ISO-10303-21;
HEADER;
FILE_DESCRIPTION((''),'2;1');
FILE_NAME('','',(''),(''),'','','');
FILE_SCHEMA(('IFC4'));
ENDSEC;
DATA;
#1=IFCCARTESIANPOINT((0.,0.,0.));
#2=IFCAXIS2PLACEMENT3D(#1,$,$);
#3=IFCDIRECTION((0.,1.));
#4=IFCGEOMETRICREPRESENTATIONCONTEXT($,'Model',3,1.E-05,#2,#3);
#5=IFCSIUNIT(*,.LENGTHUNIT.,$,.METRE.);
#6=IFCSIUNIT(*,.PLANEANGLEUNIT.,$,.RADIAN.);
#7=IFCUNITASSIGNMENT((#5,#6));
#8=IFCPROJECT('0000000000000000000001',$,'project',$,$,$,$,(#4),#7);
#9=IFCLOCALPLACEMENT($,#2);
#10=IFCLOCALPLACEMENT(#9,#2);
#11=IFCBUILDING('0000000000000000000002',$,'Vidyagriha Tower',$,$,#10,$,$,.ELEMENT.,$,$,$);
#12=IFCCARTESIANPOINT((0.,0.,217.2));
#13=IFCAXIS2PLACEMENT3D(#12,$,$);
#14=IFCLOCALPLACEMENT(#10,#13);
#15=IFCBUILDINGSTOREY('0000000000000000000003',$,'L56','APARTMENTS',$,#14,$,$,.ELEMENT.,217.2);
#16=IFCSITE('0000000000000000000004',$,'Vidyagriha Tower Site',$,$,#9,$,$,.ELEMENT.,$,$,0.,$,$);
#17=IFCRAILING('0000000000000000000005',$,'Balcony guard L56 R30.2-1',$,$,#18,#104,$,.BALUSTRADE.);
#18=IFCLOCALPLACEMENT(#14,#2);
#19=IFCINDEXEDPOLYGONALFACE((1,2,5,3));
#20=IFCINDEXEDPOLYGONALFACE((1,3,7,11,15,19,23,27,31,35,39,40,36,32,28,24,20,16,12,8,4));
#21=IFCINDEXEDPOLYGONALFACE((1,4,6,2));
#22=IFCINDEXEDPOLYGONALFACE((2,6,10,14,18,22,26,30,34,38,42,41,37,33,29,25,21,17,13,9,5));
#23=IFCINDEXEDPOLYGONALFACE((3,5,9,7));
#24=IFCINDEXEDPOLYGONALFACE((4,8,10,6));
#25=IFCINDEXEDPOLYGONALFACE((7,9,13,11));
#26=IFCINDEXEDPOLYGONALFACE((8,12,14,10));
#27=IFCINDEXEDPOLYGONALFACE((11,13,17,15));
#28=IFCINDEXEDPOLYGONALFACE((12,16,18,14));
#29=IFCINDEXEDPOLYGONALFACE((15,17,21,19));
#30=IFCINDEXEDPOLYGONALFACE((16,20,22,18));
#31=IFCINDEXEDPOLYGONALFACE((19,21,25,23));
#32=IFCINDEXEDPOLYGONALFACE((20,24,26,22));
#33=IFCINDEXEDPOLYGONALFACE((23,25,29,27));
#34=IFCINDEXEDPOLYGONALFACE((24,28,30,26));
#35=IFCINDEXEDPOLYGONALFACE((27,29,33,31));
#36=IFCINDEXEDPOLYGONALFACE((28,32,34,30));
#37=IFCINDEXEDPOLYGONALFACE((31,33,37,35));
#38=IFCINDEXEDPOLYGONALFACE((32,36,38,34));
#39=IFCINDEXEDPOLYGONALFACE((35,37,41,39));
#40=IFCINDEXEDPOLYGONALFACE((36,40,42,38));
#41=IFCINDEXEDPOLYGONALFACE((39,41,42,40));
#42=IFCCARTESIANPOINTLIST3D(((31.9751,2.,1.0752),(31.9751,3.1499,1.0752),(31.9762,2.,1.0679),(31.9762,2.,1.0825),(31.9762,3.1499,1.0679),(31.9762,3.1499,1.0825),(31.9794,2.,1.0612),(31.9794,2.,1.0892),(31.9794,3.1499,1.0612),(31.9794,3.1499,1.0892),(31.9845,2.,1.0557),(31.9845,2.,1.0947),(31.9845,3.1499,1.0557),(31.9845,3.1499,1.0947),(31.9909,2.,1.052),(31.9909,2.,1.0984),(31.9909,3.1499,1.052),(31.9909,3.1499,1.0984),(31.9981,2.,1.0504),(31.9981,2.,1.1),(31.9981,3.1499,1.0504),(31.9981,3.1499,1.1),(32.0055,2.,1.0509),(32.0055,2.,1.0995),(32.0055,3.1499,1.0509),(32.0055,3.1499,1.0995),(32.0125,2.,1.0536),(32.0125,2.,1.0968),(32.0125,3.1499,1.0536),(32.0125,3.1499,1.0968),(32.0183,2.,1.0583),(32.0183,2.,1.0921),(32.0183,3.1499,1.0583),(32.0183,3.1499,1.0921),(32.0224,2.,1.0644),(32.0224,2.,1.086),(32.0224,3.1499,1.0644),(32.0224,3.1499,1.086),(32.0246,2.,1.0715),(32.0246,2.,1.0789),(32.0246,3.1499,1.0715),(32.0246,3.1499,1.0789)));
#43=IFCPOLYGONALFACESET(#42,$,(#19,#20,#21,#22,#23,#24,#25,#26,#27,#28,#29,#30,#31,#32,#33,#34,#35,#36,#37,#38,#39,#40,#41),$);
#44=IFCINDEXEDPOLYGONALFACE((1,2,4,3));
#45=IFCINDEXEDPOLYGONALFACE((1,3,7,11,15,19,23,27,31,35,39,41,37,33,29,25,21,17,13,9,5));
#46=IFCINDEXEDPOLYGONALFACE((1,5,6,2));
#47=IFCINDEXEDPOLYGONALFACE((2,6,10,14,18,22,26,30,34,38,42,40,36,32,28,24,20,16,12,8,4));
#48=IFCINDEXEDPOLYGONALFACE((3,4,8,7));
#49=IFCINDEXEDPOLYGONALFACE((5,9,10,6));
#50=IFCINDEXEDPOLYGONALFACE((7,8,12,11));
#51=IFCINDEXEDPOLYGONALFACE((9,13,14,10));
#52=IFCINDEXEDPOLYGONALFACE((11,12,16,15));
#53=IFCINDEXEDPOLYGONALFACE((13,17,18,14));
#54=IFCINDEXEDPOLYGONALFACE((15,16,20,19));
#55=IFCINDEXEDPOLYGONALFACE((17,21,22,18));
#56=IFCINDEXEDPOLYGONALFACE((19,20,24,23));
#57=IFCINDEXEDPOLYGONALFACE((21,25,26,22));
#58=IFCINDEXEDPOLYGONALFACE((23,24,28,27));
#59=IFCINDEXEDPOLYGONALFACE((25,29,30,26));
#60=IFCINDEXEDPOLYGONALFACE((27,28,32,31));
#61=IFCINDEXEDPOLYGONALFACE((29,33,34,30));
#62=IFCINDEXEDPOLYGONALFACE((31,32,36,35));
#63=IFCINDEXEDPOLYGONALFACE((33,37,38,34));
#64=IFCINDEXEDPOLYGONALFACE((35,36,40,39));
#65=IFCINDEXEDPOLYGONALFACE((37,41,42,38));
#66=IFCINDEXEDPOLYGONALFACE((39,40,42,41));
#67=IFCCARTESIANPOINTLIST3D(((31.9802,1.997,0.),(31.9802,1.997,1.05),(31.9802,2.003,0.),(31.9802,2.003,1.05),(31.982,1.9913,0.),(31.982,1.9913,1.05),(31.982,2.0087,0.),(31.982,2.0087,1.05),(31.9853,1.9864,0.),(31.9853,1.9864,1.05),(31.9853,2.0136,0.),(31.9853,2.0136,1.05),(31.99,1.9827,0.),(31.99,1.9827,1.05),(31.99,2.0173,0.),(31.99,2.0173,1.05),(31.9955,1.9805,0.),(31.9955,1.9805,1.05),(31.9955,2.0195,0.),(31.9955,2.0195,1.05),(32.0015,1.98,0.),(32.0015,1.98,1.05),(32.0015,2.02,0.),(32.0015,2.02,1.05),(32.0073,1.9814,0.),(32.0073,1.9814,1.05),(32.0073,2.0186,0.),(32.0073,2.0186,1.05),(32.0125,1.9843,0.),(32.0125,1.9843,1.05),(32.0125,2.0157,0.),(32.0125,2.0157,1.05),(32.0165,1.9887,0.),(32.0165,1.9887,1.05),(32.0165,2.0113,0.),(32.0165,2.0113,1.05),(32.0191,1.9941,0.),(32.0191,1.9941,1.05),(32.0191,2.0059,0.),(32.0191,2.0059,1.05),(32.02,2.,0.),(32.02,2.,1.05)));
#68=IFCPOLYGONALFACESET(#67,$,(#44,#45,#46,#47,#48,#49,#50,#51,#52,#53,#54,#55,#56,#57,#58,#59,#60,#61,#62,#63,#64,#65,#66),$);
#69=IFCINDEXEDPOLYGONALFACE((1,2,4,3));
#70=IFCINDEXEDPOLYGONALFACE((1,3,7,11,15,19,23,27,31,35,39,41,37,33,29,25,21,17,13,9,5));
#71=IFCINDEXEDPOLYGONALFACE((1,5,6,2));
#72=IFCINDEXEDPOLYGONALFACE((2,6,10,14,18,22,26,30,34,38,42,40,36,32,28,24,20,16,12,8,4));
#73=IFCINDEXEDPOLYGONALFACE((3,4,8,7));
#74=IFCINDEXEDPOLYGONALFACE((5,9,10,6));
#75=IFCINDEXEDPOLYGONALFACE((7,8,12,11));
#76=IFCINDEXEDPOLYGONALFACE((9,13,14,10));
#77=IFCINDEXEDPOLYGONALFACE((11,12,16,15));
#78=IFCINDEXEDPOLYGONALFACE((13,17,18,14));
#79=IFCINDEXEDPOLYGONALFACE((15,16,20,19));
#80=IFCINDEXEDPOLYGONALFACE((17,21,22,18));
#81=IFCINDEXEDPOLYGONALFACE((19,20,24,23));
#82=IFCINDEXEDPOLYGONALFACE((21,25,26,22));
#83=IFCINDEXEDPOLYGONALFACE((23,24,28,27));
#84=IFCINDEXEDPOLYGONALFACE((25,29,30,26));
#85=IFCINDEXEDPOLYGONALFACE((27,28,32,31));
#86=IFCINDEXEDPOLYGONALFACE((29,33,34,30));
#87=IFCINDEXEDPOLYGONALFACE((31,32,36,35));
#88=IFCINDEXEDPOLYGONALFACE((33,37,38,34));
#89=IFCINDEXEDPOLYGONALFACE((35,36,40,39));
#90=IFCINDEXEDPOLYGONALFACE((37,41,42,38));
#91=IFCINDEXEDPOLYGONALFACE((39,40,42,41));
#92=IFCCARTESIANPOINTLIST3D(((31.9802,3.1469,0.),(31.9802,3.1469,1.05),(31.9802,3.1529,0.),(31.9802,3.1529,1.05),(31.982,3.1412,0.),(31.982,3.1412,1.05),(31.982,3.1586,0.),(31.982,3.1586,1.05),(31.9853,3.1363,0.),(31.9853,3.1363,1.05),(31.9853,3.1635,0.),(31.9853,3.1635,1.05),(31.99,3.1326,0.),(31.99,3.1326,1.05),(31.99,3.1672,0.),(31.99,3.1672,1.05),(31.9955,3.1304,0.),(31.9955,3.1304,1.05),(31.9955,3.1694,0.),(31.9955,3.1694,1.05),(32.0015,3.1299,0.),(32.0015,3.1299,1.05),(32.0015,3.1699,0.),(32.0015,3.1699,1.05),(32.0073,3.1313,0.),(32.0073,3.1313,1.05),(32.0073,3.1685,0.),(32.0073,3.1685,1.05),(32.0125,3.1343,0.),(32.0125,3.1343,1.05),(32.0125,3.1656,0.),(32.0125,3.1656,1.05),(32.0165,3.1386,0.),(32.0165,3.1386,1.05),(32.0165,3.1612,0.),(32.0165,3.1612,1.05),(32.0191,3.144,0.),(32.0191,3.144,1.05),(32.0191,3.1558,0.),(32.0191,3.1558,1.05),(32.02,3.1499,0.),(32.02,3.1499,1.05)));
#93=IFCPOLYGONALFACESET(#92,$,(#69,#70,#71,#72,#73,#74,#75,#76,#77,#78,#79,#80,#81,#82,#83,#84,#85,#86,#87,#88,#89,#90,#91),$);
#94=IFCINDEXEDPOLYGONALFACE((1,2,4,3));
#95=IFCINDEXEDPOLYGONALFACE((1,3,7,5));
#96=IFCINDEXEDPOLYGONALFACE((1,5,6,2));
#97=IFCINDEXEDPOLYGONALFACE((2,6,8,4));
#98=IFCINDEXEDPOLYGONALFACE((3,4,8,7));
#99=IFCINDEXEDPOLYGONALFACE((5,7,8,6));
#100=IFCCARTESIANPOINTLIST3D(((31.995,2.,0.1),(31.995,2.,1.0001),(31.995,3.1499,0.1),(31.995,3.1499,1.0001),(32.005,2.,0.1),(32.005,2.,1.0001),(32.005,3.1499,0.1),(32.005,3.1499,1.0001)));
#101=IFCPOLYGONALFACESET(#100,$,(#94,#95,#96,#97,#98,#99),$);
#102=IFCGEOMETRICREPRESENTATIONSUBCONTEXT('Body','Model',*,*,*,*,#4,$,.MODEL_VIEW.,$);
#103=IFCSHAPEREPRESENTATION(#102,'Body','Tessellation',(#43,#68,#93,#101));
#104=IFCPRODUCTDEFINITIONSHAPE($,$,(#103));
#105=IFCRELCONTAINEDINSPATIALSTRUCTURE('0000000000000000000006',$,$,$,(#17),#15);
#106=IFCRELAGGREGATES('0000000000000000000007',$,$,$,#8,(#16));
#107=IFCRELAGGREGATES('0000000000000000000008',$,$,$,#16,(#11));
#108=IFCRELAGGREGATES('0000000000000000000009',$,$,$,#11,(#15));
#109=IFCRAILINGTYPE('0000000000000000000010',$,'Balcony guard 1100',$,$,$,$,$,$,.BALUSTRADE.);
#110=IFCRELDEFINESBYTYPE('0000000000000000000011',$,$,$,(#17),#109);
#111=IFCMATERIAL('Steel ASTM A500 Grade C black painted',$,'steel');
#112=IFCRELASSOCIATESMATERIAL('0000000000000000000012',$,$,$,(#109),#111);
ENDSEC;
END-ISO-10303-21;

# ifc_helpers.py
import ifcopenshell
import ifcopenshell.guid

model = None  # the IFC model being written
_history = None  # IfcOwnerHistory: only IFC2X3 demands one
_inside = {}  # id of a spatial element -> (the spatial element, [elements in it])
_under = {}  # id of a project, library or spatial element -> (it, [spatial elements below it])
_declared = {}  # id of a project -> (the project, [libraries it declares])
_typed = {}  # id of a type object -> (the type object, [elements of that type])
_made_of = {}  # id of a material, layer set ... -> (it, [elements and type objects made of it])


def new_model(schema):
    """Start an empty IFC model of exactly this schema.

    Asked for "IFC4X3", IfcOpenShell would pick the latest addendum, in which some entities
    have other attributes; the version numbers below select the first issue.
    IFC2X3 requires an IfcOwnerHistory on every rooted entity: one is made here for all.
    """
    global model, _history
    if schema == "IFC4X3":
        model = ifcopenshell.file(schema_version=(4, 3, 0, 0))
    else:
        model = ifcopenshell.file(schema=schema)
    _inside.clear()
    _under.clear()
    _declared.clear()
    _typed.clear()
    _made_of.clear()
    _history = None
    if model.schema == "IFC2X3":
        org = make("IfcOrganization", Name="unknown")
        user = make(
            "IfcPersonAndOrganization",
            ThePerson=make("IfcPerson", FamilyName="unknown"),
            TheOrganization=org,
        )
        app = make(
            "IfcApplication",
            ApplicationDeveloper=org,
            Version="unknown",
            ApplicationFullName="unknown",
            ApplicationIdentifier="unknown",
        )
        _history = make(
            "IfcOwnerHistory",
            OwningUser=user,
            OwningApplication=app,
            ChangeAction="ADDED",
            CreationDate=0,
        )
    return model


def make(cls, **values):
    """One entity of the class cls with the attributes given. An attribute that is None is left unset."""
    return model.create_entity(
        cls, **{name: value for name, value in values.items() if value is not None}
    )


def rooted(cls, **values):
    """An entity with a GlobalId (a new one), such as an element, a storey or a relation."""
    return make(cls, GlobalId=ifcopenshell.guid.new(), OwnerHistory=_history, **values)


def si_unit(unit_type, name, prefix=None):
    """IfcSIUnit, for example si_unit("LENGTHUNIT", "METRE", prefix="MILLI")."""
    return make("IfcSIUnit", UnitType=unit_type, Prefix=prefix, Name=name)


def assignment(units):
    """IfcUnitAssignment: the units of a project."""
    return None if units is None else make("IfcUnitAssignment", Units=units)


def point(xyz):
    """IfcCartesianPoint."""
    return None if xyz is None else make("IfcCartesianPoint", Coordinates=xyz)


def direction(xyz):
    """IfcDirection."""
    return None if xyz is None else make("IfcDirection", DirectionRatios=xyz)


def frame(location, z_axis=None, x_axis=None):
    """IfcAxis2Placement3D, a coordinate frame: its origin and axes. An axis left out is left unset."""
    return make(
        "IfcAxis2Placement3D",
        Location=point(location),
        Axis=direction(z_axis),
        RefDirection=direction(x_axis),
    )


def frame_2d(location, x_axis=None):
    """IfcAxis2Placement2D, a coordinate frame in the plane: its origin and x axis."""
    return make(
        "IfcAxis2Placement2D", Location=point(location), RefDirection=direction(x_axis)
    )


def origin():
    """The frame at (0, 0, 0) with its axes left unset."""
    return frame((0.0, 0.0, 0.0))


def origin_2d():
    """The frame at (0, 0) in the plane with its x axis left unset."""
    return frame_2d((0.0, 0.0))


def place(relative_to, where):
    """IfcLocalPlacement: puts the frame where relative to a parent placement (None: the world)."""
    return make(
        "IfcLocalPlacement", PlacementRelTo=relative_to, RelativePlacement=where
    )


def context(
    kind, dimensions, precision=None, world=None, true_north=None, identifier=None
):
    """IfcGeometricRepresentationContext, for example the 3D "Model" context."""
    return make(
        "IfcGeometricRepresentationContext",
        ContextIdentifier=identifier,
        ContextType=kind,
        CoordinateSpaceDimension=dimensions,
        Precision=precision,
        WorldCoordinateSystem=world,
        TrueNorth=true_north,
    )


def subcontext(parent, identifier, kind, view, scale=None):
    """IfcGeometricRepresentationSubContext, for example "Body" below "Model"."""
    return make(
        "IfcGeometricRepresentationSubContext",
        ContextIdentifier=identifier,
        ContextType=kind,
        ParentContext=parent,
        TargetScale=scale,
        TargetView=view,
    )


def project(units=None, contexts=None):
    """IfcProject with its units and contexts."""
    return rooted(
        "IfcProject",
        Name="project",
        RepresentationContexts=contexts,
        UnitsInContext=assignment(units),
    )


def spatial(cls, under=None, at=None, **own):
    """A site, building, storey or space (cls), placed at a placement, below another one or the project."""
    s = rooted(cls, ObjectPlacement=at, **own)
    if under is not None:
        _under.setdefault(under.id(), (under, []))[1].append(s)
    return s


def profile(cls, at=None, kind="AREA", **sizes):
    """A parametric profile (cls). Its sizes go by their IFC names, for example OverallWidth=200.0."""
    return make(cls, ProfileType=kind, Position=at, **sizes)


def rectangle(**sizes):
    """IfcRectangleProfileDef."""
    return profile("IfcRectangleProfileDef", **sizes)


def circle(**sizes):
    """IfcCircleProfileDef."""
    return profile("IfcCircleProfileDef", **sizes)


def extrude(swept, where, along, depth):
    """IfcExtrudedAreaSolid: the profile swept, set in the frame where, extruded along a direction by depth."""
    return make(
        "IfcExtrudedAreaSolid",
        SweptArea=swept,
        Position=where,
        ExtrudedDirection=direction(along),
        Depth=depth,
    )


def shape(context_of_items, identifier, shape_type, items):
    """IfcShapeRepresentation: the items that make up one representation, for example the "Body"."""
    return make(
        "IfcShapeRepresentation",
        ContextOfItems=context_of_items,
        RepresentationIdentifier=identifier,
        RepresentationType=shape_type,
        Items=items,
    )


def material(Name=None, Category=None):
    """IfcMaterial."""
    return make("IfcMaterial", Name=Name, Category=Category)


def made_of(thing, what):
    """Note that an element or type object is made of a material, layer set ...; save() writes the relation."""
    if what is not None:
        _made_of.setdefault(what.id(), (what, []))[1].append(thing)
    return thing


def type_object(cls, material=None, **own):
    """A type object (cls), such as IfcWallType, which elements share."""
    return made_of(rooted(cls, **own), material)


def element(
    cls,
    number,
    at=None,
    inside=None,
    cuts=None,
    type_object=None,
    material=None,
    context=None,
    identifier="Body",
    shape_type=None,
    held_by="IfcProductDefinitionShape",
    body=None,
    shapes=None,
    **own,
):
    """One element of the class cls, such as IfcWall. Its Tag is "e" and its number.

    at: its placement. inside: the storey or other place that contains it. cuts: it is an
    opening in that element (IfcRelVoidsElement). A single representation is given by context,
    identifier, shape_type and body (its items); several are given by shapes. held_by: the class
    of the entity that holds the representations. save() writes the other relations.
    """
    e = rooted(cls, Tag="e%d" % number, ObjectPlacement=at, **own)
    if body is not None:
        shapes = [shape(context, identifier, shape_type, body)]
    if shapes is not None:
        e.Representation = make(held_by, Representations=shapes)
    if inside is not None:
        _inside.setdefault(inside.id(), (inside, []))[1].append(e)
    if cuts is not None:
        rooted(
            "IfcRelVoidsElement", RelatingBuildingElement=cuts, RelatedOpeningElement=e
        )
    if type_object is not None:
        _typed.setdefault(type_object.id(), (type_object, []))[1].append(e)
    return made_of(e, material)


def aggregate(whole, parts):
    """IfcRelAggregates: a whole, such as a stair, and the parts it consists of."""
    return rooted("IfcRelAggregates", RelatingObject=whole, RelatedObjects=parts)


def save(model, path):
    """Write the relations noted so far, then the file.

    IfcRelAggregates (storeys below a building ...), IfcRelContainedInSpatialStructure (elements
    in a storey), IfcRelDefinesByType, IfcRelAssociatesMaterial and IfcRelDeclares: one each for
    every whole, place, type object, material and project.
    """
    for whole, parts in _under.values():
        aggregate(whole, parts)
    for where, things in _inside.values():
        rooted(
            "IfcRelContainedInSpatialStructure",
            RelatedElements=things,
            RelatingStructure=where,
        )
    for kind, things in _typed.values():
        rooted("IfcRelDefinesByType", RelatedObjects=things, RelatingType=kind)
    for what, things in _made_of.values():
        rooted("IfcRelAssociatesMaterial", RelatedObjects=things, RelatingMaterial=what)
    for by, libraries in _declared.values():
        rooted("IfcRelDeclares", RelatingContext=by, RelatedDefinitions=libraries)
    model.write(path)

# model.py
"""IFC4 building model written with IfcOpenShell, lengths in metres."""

from ifc_helpers import new_model, si_unit, direction, frame, origin, origin_2d, place, context, subcontext, project, spatial, rectangle, circle, extrude, material, type_object, element, save


model = new_model("IFC4")

# Units and contexts
model_context = context("Model", 3, precision=1e-05, world=origin(), true_north=direction((0.0, 1.0)))
body_context = subcontext(model_context, "Body", "Model", "MODEL_VIEW")
ifc_project = project(units=[si_unit("LENGTHUNIT", "METRE"), si_unit("PLANEANGLEUNIT", "RADIAN")], contexts=[model_context])

# Site, building, storey
site_placement = place(None, origin())
site = spatial("IfcSite", under=ifc_project, at=site_placement, Name="Vidyagriha Tower Site", CompositionType="ELEMENT", RefElevation=0.0)
building_placement = place(site_placement, origin())
building = spatial("IfcBuilding", under=site, at=building_placement, Name="Vidyagriha Tower", CompositionType="ELEMENT")
storey_placement = place(building_placement, frame((0.0, 0.0, 217.2)))
storey = spatial("IfcBuildingStorey", under=building, at=storey_placement, Name="L56", Description="APARTMENTS", CompositionType="ELEMENT", Elevation=217.2)

# Railing
ifc_material_1 = material(Name="Steel ASTM A500 Grade C black painted", Category="steel")
railing_type_1 = type_object("IfcRailingType", Name="Balcony guard 1100", PredefinedType="BALUSTRADE", material=ifc_material_1)
railing_1_placement = place(storey_placement, frame((32.0, 2.0, 0.0)))
element("IfcRailing", 1, at=railing_1_placement, inside=storey, type_object=railing_type_1, Name="Balcony guard L56 R30.2-1", PredefinedType="BALUSTRADE", context=body_context, shape_type="SweptSolid", body=[
    extrude(circle(Radius=0.0249, at=origin_2d()), frame((0.0, 0.0, 1.0752), z_axis=(0.0, 1.0, 0.0), x_axis=(-1.0, 0.0, 0.0)), (0.0, 0.0, 1.0), 1.1499),
    extrude(circle(Radius=0.02, at=origin_2d()), origin(), (0.0, 0.0, 1.0), 1.05),
    extrude(circle(Radius=0.02, at=origin_2d()), frame((0.0, 1.1499, 0.0)), (0.0, 0.0, 1.0), 1.05),
    extrude(rectangle(XDim=0.01, YDim=0.9001, at=origin_2d()), frame((0.0, 0.0, 0.55), z_axis=(0.0, 1.0, 0.0), x_axis=(-1.0, 0.0, 0.0)), (0.0, 0.0, 1.0), 1.1499),
])

save(model, "model.ifc")
